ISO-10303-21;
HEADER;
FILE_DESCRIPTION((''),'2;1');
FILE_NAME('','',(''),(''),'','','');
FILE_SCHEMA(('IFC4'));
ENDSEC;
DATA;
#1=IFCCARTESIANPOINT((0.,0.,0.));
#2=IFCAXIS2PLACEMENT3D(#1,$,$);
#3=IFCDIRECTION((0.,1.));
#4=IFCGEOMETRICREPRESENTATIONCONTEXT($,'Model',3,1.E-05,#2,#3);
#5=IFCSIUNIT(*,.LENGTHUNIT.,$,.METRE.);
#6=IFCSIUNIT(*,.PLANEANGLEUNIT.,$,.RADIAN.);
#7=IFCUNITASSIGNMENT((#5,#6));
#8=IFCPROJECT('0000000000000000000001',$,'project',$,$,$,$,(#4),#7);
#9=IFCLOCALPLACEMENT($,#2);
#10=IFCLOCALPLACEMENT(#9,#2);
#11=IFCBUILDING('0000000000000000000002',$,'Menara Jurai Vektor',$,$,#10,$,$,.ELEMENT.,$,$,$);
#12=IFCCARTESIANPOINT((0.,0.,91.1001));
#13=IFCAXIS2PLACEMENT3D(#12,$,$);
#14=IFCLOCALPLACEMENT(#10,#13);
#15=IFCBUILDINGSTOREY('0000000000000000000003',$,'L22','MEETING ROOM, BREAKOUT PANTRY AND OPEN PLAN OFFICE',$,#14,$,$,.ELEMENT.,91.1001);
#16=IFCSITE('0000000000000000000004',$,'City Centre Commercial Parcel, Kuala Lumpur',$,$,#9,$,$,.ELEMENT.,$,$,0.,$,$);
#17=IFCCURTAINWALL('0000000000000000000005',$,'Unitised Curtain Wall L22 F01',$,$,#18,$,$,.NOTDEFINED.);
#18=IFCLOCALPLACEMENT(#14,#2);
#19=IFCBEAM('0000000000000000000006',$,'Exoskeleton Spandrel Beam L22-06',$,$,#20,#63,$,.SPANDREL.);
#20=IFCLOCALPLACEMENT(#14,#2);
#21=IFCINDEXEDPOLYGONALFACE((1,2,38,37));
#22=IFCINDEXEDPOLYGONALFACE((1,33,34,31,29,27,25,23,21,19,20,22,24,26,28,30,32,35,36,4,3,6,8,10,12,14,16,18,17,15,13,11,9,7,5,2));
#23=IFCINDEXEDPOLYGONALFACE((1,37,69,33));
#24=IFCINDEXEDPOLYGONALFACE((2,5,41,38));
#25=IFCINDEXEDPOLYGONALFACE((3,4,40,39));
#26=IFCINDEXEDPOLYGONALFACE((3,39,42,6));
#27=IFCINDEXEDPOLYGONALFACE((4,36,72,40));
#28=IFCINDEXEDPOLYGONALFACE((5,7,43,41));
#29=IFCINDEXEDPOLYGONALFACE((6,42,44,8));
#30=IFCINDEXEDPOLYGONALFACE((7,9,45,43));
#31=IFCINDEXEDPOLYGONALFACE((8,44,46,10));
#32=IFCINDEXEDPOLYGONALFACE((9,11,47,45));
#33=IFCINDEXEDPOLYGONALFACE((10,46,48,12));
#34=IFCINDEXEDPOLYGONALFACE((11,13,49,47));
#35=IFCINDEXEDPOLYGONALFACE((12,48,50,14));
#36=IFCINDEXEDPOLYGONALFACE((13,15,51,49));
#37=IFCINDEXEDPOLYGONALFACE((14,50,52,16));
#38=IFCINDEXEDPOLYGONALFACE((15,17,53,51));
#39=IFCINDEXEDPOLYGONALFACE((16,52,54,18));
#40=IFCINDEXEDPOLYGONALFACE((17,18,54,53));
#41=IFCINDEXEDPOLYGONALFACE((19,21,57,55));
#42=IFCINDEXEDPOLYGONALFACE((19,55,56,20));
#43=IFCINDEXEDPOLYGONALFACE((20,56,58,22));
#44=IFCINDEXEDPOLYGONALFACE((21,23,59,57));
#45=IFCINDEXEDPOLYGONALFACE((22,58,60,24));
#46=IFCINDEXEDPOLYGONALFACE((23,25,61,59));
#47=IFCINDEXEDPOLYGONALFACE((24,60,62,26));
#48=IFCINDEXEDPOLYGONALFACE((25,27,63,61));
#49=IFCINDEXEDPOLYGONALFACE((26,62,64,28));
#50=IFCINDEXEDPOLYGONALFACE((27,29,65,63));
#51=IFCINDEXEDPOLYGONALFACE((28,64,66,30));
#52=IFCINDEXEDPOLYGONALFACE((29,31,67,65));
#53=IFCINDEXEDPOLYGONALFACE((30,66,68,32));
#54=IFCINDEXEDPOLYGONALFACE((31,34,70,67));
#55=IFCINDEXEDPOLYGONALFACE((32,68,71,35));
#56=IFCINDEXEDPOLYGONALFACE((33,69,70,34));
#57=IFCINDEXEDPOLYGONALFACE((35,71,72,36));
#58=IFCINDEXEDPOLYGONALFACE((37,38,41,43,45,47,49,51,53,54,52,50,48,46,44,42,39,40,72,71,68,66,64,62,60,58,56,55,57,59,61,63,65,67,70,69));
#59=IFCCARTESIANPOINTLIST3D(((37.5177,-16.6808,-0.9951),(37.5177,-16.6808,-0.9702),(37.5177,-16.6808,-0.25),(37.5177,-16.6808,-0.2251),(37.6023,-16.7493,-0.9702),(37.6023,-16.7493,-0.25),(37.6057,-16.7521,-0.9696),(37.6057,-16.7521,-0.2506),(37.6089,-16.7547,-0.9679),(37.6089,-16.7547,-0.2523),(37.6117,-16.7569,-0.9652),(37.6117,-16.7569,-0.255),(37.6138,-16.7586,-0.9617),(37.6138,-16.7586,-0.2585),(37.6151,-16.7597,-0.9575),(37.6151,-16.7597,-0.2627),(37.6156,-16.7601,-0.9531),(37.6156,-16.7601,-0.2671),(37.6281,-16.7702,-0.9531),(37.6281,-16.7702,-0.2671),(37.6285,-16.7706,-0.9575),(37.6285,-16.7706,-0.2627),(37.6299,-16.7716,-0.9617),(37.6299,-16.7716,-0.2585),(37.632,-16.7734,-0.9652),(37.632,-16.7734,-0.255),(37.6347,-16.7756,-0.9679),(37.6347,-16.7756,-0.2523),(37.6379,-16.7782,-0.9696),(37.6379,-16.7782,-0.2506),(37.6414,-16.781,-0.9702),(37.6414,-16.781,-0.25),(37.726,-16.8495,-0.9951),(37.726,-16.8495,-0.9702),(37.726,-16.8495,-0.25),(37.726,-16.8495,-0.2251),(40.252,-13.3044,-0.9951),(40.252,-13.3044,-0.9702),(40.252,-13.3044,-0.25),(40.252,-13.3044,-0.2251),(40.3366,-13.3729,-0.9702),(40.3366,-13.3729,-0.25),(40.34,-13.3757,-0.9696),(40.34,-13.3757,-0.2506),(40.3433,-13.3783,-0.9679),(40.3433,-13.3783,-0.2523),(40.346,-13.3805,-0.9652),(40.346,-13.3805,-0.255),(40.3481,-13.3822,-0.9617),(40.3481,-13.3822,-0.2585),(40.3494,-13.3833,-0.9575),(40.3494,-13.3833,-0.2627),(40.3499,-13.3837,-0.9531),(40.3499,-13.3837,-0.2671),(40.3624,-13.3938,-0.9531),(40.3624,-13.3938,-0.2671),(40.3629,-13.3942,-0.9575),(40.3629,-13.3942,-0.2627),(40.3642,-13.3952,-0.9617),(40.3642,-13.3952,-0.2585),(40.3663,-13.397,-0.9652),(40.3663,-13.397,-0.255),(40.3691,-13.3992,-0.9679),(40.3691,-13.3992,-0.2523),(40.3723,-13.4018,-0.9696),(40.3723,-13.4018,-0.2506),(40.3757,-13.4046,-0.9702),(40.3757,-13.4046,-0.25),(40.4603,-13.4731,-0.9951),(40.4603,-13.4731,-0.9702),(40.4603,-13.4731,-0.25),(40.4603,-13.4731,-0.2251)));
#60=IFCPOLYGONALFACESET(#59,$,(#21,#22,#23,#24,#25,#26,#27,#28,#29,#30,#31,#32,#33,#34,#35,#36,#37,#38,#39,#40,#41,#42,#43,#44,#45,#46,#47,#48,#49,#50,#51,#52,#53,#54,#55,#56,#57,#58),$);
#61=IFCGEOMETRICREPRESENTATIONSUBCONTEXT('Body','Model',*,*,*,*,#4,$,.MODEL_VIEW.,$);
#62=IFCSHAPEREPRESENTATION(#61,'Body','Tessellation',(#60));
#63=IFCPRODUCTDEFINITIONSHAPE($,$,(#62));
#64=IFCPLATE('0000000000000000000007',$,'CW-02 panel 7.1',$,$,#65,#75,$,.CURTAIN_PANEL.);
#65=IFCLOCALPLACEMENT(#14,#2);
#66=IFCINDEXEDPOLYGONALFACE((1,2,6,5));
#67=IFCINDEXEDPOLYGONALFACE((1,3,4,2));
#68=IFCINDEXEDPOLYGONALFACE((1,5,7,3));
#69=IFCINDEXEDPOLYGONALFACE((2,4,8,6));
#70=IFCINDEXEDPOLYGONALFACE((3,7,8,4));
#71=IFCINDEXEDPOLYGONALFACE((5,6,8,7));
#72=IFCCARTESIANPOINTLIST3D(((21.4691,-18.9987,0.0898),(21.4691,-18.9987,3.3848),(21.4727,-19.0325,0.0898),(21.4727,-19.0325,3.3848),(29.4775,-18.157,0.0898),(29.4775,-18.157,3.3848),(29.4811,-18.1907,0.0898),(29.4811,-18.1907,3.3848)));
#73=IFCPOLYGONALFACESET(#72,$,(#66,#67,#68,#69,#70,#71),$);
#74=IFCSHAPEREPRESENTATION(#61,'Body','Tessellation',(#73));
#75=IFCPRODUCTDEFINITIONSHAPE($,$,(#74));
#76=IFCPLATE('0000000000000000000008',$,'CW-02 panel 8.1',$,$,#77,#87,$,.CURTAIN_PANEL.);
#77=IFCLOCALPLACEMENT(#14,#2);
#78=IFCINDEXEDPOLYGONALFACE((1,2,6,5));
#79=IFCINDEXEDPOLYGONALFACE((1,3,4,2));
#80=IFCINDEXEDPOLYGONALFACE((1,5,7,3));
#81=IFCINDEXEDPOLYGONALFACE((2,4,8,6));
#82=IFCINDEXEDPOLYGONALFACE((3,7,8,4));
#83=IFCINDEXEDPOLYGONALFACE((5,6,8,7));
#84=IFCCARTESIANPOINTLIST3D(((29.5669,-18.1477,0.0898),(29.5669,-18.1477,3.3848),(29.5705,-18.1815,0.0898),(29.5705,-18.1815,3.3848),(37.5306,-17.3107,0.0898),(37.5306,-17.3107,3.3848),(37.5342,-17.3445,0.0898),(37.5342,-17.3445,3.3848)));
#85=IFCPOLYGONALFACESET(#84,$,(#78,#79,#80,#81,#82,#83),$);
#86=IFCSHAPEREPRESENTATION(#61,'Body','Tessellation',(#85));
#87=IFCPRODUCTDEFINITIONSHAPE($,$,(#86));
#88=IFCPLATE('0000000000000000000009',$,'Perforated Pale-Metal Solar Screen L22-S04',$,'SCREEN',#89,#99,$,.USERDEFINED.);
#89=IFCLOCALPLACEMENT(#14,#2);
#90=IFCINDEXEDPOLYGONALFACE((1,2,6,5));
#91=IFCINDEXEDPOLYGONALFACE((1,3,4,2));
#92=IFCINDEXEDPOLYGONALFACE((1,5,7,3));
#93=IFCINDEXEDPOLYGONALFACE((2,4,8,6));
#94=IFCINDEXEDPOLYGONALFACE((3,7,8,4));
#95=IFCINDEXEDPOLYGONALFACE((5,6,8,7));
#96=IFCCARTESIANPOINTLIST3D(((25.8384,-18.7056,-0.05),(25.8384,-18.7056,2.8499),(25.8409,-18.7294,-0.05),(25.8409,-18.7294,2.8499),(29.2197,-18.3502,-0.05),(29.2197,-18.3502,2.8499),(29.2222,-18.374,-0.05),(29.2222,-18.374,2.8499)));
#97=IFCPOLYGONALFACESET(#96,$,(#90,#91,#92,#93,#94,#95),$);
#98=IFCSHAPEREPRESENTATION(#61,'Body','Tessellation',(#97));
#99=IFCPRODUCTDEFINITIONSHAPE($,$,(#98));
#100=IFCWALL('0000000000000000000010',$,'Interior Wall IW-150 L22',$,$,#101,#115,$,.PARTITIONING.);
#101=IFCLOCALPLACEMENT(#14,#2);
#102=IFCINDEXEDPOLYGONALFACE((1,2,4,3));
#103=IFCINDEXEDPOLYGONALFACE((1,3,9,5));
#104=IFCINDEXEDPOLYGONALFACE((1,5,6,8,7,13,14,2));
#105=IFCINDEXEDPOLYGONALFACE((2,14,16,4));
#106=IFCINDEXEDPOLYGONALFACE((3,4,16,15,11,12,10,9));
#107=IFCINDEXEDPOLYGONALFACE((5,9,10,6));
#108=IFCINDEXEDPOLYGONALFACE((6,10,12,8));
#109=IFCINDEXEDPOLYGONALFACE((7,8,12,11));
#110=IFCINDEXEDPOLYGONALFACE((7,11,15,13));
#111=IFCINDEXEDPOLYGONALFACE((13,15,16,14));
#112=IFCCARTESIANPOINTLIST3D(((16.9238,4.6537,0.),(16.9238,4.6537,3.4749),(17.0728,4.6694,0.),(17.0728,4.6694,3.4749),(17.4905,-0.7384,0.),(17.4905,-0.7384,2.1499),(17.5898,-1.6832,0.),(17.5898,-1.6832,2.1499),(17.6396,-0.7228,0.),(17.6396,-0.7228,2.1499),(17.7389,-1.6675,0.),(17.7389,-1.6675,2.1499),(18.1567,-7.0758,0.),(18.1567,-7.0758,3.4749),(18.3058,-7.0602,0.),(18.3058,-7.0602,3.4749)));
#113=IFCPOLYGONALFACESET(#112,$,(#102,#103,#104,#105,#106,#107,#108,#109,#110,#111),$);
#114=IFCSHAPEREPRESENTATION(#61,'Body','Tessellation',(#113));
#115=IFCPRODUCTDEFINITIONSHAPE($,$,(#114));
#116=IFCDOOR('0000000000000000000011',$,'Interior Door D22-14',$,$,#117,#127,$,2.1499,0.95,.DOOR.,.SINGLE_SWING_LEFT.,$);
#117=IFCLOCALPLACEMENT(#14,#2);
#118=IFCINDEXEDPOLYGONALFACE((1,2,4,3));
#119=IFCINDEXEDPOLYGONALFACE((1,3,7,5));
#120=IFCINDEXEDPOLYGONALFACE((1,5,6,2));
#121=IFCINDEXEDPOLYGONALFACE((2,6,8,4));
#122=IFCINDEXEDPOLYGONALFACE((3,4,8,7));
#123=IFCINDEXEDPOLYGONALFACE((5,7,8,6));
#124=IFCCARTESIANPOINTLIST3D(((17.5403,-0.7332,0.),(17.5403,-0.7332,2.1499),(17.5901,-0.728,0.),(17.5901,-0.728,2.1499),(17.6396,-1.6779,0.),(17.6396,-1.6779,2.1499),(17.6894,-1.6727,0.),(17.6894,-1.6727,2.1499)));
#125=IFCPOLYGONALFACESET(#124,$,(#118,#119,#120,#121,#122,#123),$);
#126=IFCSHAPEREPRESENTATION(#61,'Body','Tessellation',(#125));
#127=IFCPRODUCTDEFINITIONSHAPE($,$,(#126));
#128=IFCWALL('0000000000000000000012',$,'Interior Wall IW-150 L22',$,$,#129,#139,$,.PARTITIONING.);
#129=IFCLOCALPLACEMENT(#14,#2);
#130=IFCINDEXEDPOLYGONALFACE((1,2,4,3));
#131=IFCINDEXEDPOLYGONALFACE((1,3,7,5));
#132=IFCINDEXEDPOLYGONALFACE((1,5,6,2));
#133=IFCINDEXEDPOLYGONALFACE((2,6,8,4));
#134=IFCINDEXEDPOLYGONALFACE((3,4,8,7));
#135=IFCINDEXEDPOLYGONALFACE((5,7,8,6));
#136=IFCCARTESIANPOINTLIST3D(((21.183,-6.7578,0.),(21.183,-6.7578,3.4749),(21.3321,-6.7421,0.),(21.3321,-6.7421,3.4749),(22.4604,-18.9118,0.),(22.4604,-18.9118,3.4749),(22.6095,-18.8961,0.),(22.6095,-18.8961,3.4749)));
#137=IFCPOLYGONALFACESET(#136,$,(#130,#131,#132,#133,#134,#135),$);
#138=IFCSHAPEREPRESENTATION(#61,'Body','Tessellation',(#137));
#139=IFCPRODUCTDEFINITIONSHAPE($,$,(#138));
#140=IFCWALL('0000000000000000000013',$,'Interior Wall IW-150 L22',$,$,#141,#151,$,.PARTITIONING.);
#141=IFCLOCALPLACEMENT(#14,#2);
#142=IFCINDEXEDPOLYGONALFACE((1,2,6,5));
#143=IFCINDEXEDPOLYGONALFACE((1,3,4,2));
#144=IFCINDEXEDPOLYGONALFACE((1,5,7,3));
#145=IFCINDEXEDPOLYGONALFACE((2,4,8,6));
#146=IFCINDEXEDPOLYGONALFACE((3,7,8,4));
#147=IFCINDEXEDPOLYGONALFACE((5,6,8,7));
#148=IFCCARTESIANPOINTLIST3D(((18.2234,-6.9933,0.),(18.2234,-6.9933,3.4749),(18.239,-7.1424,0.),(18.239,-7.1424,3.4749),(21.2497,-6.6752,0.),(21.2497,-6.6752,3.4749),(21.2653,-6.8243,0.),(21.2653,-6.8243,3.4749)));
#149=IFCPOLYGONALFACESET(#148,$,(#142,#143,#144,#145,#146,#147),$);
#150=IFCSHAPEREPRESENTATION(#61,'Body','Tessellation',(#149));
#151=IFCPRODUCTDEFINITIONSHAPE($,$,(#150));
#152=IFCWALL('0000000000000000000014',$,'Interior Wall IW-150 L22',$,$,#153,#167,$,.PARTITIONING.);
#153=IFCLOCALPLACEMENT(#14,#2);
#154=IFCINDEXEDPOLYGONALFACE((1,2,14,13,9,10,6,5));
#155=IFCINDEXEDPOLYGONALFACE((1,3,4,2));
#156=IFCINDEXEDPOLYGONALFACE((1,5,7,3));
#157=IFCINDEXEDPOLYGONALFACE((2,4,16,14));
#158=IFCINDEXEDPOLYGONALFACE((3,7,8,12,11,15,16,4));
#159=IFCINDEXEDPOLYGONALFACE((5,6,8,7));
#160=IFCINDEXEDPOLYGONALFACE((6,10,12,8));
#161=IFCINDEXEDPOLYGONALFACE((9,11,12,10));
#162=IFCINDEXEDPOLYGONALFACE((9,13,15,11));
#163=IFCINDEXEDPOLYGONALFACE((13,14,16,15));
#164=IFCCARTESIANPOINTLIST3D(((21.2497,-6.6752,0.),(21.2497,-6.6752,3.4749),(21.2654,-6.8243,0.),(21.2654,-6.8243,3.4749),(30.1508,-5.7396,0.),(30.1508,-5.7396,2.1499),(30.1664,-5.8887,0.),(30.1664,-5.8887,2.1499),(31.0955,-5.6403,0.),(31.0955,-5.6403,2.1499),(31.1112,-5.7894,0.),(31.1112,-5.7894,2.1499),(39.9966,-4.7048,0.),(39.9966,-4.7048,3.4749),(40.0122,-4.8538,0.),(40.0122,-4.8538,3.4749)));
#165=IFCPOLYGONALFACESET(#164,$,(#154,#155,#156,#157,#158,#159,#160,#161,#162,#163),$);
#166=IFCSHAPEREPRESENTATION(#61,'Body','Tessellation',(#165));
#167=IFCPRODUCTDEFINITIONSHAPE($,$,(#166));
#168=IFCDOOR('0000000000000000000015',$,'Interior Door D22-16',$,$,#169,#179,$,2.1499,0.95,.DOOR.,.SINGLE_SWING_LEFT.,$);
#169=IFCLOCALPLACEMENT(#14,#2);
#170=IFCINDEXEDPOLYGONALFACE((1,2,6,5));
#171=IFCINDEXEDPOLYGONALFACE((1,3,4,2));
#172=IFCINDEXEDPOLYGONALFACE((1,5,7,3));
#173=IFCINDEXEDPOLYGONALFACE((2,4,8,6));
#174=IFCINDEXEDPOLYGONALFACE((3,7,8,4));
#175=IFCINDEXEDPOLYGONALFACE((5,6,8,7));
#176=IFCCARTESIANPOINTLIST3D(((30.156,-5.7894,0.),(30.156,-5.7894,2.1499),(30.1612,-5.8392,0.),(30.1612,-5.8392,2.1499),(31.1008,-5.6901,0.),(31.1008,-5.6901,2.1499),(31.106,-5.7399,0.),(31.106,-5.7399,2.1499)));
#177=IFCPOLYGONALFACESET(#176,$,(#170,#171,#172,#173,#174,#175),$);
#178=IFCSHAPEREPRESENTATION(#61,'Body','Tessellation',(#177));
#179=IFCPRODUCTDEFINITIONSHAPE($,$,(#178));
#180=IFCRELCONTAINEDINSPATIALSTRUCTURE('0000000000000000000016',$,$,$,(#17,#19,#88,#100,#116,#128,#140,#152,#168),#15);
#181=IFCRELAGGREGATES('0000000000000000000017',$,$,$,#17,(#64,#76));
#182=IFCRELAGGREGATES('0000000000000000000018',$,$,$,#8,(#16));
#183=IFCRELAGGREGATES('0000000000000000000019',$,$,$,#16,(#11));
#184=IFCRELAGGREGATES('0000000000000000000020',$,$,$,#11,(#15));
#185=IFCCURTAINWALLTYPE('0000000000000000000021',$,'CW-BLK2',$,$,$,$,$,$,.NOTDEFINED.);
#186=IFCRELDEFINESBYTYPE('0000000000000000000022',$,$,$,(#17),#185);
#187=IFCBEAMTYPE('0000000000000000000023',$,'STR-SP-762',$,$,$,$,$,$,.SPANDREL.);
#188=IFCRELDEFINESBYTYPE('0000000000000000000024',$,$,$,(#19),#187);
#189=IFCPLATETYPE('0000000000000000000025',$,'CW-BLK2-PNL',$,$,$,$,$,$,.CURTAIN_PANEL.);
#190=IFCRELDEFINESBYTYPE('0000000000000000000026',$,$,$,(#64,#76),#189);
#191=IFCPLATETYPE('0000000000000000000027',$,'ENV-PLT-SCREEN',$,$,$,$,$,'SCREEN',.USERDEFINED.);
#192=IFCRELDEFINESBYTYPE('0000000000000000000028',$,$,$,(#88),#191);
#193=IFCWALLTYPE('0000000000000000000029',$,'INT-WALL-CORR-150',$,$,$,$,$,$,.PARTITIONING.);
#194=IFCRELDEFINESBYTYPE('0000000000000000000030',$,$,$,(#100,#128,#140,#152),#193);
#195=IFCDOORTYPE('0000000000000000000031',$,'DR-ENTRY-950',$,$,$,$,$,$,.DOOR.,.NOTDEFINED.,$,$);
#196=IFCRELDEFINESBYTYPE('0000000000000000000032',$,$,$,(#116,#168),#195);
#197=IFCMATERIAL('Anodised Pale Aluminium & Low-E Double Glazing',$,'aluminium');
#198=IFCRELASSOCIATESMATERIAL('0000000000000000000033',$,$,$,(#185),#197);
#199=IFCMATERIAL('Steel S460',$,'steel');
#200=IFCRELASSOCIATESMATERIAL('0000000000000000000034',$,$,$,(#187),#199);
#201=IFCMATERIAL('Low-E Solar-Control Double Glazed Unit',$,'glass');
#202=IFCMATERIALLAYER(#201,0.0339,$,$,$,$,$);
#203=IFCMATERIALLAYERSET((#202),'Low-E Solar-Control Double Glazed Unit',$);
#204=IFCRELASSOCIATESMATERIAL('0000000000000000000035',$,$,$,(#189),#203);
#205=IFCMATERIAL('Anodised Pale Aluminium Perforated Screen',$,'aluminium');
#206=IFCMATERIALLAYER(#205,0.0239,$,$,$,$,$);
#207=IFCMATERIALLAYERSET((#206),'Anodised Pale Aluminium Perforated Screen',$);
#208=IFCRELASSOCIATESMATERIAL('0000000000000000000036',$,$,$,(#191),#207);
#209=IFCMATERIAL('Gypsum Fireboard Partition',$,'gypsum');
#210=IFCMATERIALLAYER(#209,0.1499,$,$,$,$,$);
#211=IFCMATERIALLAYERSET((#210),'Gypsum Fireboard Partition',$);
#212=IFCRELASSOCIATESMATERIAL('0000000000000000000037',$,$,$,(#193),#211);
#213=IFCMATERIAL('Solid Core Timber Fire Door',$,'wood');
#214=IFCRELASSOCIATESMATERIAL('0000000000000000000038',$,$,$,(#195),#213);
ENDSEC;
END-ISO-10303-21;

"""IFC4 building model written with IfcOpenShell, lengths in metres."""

from ifc_helpers import new_model, si_unit, direction, frame, frame_2d, origin, origin_2d, place, context, subcontext, project, spatial, rectangle, i_section, extrude, material, layer, layer_set, material_profile, profile_set, type_object, element, fill, aggregate, save


model = new_model("IFC4")

# Units and contexts
model_context = context("Model", 3, precision=1e-05, world=origin(), true_north=direction((0.0, 1.0)))
body_context = subcontext(model_context, "Body", "Model", "MODEL_VIEW")
ifc_project = project(units=[si_unit("LENGTHUNIT", "METRE"), si_unit("PLANEANGLEUNIT", "RADIAN")], contexts=[model_context])

# Site, building, storey
site_placement = place(None, origin())
site = spatial("IfcSite", under=ifc_project, at=site_placement, Name="City Centre Commercial Parcel, Kuala Lumpur", CompositionType="ELEMENT", RefElevation=0.0)
building_placement = place(site_placement, origin())
building = spatial("IfcBuilding", under=site, at=building_placement, Name="Menara Jurai Vektor", CompositionType="ELEMENT")
storey_placement = place(building_placement, frame((0.0, 0.0, 91.1001)))
storey = spatial("IfcBuildingStorey", under=building, at=storey_placement, Name="L22", Description="MEETING ROOM, BREAKOUT PANTRY AND OPEN PLAN OFFICE", CompositionType="ELEMENT", Elevation=91.1001)

# Shared definitions
ifc_material_1 = material(Name="Steel S460", Category="steel")

# Curtain wall
ifc_material_2 = material(Name="Anodised Pale Aluminium & Low-E Double Glazing", Category="aluminium")
curtain_wall_type = type_object("IfcCurtainWallType", Name="CW-BLK2", PredefinedType="NOTDEFINED", material=ifc_material_2)
curtain_wall_1_placement = place(storey_placement, origin())
curtain_wall_1 = element("IfcCurtainWall", 1, at=curtain_wall_1_placement, inside=storey, type_object=curtain_wall_type, Name="Unitised Curtain Wall L22 F01", PredefinedType="NOTDEFINED")

# Beam
ifc_material_profile_1 = material_profile(ifc_material_1, i_section(OverallWidth=0.2681, OverallDepth=0.77, WebThickness=0.0161, FlangeThickness=0.0249, FilletRadius=0.0171, at=origin_2d()), Name="UKB 762x267x197")
ifc_profile_set_1 = profile_set([ifc_material_profile_1], Name="Steel S460")
beam_type_1 = type_object("IfcBeamType", Name="STR-SP-762", PredefinedType="SPANDREL", material=ifc_profile_set_1)
beam_1_placement = place(storey_placement, frame((37.6218, -16.7651, -0.6101), z_axis=(0.629344, 0.777127, 0.0), x_axis=(-0.777127, 0.629344, 0.0)))
element("IfcBeam", 2, at=beam_1_placement, inside=storey, type_object=beam_type_1, Name="Exoskeleton Spandrel Beam L22-06", PredefinedType="SPANDREL", context=body_context, shape_type="SweptSolid", body=[
    extrude(i_section(OverallWidth=0.2681, OverallDepth=0.77, WebThickness=0.0161, FlangeThickness=0.0249, FilletRadius=0.0171, at=origin_2d()), origin(), (0.0, 0.0, 1.0), 4.3447),
])

# Plates
ifc_material_3 = material(Name="Low-E Solar-Control Double Glazed Unit", Category="glass")
ifc_layer_1 = layer(ifc_material_3, 0.0339)
ifc_layer_set_1 = layer_set([ifc_layer_1], Name="Low-E Solar-Control Double Glazed Unit")
plate_type_1 = type_object("IfcPlateType", Name="CW-BLK2-PNL", PredefinedType="CURTAIN_PANEL", material=ifc_layer_set_1)
plate_1_placement = place(storey_placement, frame((25.4751, -18.5947, 0.0898), z_axis=(0.0, 0.0, 1.0), x_axis=(0.994522, 0.104529, 0.0)))
plate_1 = element("IfcPlate", 3, at=plate_1_placement, type_object=plate_type_1, Name="CW-02 panel 7.1", PredefinedType="CURTAIN_PANEL", context=body_context, shape_type="SweptSolid", body=[
    extrude(rectangle(XDim=8.0525, YDim=0.0339, at=origin_2d()), origin(), (0.0, 0.0, 1.0), 3.2949),
])
plate_2_placement = place(storey_placement, frame((33.5505, -17.7461, 0.0898), z_axis=(0.0, 0.0, 1.0), x_axis=(0.994522, 0.104529, 0.0)))
plate_2 = element("IfcPlate", 4, at=plate_2_placement, type_object=plate_type_1, Name="CW-02 panel 8.1", PredefinedType="CURTAIN_PANEL", context=body_context, shape_type="SweptSolid", body=[
    extrude(rectangle(XDim=8.0076, YDim=0.0339, at=origin_2d()), origin(), (0.0, 0.0, 1.0), 3.2949),
])
aggregate(curtain_wall_1, [plate_1, plate_2])
ifc_material_4 = material(Name="Anodised Pale Aluminium Perforated Screen", Category="aluminium")
ifc_layer_2 = layer(ifc_material_4, 0.0239)
ifc_layer_set_2 = layer_set([ifc_layer_2], Name="Anodised Pale Aluminium Perforated Screen")
plate_type_2 = type_object("IfcPlateType", Name="ENV-PLT-SCREEN", ElementType="SCREEN", PredefinedType="USERDEFINED", material=ifc_layer_set_2)
plate_3_placement = place(storey_placement, frame((27.5303, -18.5398, -0.05), z_axis=(0.0, 0.0, 1.0), x_axis=(0.994522, 0.104528, 0.0)))
element("IfcPlate", 5, at=plate_3_placement, inside=storey, type_object=plate_type_2, Name="Perforated Pale-Metal Solar Screen L22-S04", ObjectType="SCREEN", PredefinedType="USERDEFINED", context=body_context, shape_type="SweptSolid", body=[
    extrude(rectangle(XDim=3.3999, YDim=0.0239, at=origin_2d()), origin(), (0.0, 0.0, 1.0), 2.8999),
])

# Wall, opening, door
ifc_material_5 = material(Name="Gypsum Fireboard Partition", Category="gypsum")
ifc_layer_3 = layer(ifc_material_5, 0.1499)
ifc_layer_set_3 = layer_set([ifc_layer_3], Name="Gypsum Fireboard Partition")
wall_type = type_object("IfcWallType", Name="INT-WALL-CORR-150", PredefinedType="PARTITIONING", material=ifc_layer_set_3)
wall_1_placement = place(storey_placement, frame((18.2312, -7.0679, 0.0), z_axis=(0.0, 0.0, 1.0), x_axis=(-0.104536, 0.994521, 0.0)))
wall_1 = element("IfcWall", 6, at=wall_1_placement, inside=storey, type_object=wall_type, Name="Interior Wall IW-150 L22", PredefinedType="PARTITIONING", context=body_context, shape_type="SweptSolid", body=[
    extrude(rectangle(XDim=11.7942, YDim=0.1499, at=frame_2d((5.897, 0.0))), origin(), (0.0, 0.0, 1.0), 3.4749),
])
opening_1_placement = place(wall_1_placement, frame((5.4221, 0.0, 0.0)))
opening_1 = element("IfcOpeningElement", 7, at=opening_1_placement, cuts=wall_1, PredefinedType="OPENING", context=body_context, shape_type="SweptSolid", body=[
    extrude(rectangle(XDim=0.95, YDim=2.1499, at=frame_2d((0.4751, 1.075))), frame((0.0, 0.085, 0.0), z_axis=(0.0, -1.0, 0.0), x_axis=(1.0, 0.0, 0.0)), (0.0, 0.0, 1.0), 0.1699),
])
ifc_material_6 = material(Name="Solid Core Timber Fire Door", Category="wood")
door_type = type_object("IfcDoorType", Name="DR-ENTRY-950", OperationType="NOTDEFINED", PredefinedType="DOOR", material=ifc_material_6)
door_1_placement = place(opening_1_placement, origin())
door_1 = element("IfcDoor", 8, at=door_1_placement, inside=storey, type_object=door_type, Name="Interior Door D22-14", OperationType="SINGLE_SWING_LEFT", OverallHeight=2.1499, OverallWidth=0.95, PredefinedType="DOOR", context=body_context, shape_type="SweptSolid", body=[
    extrude(rectangle(XDim=0.95, YDim=2.1499, at=frame_2d((0.4751, 1.075))), frame((0.0, 0.0249, 0.0), z_axis=(0.0, -1.0, 0.0), x_axis=(1.0, 0.0, 0.0)), (0.0, 0.0, 1.0), 0.05),
])
fill(opening_1, door_1)

# Walls
wall_2_placement = place(storey_placement, frame((22.5349, -18.9038, 0.0), z_axis=(0.0, 0.0, 1.0), x_axis=(-0.10452, 0.994523, 0.0)))
element("IfcWall", 9, at=wall_2_placement, inside=storey, type_object=wall_type, Name="Interior Wall IW-150 L22", PredefinedType="PARTITIONING", context=body_context, shape_type="SweptSolid", body=[
    extrude(rectangle(XDim=12.2209, YDim=0.1499, at=frame_2d((6.1104, 0.0))), origin(), (0.0, 0.0, 1.0), 3.4749),
])
wall_3_placement = place(storey_placement, frame((18.2312, -7.0679, 0.0), z_axis=(0.0, 0.0, 1.0), x_axis=(0.994521, 0.104539, 0.0)))
element("IfcWall", 10, at=wall_3_placement, inside=storey, type_object=wall_type, Name="Interior Wall IW-150 L22", PredefinedType="PARTITIONING", context=body_context, shape_type="SweptSolid", body=[
    extrude(rectangle(XDim=3.043, YDim=0.1499, at=frame_2d((1.5215, 0.0))), origin(), (0.0, 0.0, 1.0), 3.4749),
])

# Wall, opening, door
wall_4_placement = place(storey_placement, frame((21.2576, -6.7498, 0.0), z_axis=(0.0, 0.0, 1.0), x_axis=(0.994521, 0.104533, 0.0)))
wall_4 = element("IfcWall", 11, at=wall_4_placement, inside=storey, type_object=wall_type, Name="Interior Wall IW-150 L22", PredefinedType="PARTITIONING", context=body_context, shape_type="SweptSolid", body=[
    extrude(rectangle(XDim=18.8501, YDim=0.1499, at=frame_2d((9.425, 0.0))), origin(), (0.0, 0.0, 1.0), 3.4749),
])
opening_2_placement = place(wall_4_placement, frame((8.95, 0.0, 0.0)))
opening_2 = element("IfcOpeningElement", 12, at=opening_2_placement, cuts=wall_4, PredefinedType="OPENING", context=body_context, shape_type="SweptSolid", body=[
    extrude(rectangle(XDim=0.95, YDim=2.1499, at=frame_2d((0.4751, 1.075))), frame((0.0, 0.085, 0.0), z_axis=(0.0, -1.0, 0.0), x_axis=(1.0, 0.0, 0.0)), (0.0, 0.0, 1.0), 0.1699),
])
door_2_placement = place(opening_2_placement, origin())
door_2 = element("IfcDoor", 13, at=door_2_placement, inside=storey, type_object=door_type, Name="Interior Door D22-16", OperationType="SINGLE_SWING_LEFT", OverallHeight=2.1499, OverallWidth=0.95, PredefinedType="DOOR", context=body_context, shape_type="SweptSolid", body=[
    extrude(rectangle(XDim=0.95, YDim=2.1499, at=frame_2d((0.4751, 1.075))), frame((0.0, 0.0249, 0.0), z_axis=(0.0, -1.0, 0.0), x_axis=(1.0, 0.0, 0.0)), (0.0, 0.0, 1.0), 0.05),
])
fill(opening_2, door_2)

save(model, "model.ifc")
